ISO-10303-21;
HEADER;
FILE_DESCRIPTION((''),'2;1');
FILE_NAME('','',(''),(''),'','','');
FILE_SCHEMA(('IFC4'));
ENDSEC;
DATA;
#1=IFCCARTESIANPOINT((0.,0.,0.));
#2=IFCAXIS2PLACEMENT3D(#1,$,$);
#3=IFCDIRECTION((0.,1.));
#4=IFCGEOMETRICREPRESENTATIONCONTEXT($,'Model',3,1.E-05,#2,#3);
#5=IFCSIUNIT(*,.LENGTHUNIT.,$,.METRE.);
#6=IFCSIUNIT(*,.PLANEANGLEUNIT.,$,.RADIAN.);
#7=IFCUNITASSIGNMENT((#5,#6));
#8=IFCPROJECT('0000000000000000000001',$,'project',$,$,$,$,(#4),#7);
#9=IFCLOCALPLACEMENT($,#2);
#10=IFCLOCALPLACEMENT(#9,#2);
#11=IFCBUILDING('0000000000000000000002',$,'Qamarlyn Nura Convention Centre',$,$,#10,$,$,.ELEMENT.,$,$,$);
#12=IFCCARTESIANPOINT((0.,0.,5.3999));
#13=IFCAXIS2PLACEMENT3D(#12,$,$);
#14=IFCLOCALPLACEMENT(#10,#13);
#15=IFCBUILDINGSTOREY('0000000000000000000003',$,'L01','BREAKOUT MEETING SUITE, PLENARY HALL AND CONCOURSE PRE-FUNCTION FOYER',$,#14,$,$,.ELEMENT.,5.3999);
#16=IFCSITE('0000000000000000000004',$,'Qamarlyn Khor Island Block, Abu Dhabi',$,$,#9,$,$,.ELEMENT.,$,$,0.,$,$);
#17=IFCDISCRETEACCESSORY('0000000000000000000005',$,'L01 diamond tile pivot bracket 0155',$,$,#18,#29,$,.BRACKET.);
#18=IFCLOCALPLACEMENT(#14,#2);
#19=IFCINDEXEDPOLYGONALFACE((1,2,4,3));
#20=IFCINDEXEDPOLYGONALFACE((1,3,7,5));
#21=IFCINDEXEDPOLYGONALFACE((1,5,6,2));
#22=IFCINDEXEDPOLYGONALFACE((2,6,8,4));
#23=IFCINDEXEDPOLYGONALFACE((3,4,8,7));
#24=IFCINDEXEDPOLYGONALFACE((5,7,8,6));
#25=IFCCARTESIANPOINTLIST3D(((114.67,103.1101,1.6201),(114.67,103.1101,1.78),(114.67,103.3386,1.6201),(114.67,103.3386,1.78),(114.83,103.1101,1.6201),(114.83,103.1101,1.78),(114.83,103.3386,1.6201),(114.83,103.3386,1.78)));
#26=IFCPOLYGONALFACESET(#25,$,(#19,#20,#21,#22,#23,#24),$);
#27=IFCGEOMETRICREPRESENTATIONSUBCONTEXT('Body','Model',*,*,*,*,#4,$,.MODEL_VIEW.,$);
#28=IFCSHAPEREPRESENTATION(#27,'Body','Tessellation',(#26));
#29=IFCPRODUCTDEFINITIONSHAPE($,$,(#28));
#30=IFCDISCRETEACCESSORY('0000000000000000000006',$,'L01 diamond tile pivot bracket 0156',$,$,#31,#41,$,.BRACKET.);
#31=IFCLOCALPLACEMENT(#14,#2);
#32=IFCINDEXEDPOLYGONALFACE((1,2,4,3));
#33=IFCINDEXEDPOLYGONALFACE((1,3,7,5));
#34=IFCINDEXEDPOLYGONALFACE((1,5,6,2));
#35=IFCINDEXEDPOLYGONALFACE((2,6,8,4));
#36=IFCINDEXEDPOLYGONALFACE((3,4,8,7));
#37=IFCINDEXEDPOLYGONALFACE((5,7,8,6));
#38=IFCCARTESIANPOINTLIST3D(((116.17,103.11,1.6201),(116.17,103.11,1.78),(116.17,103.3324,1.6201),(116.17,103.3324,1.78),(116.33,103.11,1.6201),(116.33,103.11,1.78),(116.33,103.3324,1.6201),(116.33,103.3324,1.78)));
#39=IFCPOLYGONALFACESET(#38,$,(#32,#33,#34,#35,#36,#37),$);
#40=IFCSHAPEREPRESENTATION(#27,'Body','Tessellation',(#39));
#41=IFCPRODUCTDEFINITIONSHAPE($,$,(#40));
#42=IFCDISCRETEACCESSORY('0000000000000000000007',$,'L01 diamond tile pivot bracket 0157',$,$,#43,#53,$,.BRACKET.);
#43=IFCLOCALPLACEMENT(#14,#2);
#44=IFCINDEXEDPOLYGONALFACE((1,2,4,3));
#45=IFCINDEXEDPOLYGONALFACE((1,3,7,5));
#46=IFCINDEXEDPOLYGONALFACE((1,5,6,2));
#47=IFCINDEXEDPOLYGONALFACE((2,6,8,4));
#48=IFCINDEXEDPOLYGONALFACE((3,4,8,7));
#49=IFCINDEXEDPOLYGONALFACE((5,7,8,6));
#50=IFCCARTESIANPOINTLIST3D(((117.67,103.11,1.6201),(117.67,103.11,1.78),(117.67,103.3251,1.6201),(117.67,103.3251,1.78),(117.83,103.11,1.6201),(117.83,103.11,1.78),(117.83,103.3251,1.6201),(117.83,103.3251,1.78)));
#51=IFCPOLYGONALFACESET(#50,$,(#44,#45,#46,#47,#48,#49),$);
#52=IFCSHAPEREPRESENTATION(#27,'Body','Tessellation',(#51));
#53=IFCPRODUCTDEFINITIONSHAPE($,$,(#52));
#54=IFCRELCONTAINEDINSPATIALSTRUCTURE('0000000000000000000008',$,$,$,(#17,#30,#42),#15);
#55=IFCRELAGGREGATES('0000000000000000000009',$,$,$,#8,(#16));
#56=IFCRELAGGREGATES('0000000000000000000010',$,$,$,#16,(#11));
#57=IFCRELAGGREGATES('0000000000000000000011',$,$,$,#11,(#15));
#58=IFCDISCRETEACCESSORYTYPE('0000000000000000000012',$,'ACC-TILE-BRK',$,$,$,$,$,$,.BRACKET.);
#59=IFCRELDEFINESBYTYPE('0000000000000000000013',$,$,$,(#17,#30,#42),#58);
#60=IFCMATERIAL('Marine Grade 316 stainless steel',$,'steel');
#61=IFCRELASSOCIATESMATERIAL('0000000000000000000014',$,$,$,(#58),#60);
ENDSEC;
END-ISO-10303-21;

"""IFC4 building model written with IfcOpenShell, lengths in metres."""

from ifc_helpers import new_model, si_unit, direction, frame, origin, origin_2d, place, context, subcontext, project, spatial, rectangle, extrude, material, type_object, element, save


model = new_model("IFC4")

# Units and contexts
model_context = context("Model", 3, precision=1e-05, world=origin(), true_north=direction((0.0, 1.0)))
body_context = subcontext(model_context, "Body", "Model", "MODEL_VIEW")
ifc_project = project(units=[si_unit("LENGTHUNIT", "METRE"), si_unit("PLANEANGLEUNIT", "RADIAN")], contexts=[model_context])

# Site, building, storey
site_placement = place(None, origin())
site = spatial("IfcSite", under=ifc_project, at=site_placement, Name="Qamarlyn Khor Island Block, Abu Dhabi", CompositionType="ELEMENT", RefElevation=0.0)
building_placement = place(site_placement, origin())
building = spatial("IfcBuilding", under=site, at=building_placement, Name="Qamarlyn Nura Convention Centre", CompositionType="ELEMENT")
storey_placement = place(building_placement, frame((0.0, 0.0, 5.3999)))
storey = spatial("IfcBuildingStorey", under=building, at=storey_placement, Name="L01", Description="BREAKOUT MEETING SUITE, PLENARY HALL AND CONCOURSE PRE-FUNCTION FOYER", CompositionType="ELEMENT", Elevation=5.3999)

# Discrete accessories
ifc_material_1 = material(Name="Marine Grade 316 stainless steel", Category="steel")
discrete_accessory_type_1 = type_object("IfcDiscreteAccessoryType", Name="ACC-TILE-BRK", PredefinedType="BRACKET", material=ifc_material_1)
discrete_accessory_1_placement = place(storey_placement, frame((114.75, 103.2244, 1.6201), z_axis=(0.0, 0.0, 1.0), x_axis=(0.0, 1.0, 0.0)))
element("IfcDiscreteAccessory", 1, at=discrete_accessory_1_placement, inside=storey, type_object=discrete_accessory_type_1, Name="L01 diamond tile pivot bracket 0155", PredefinedType="BRACKET", context=body_context, shape_type="SweptSolid", body=[
    extrude(rectangle(XDim=0.2285, YDim=0.1599, at=origin_2d()), origin(), (0.0, 0.0, 1.0), 0.1599),
])
discrete_accessory_2_placement = place(storey_placement, frame((116.25, 103.2212, 1.6201), z_axis=(0.0, 0.0, 1.0), x_axis=(0.0, 1.0, 0.0)))
element("IfcDiscreteAccessory", 2, at=discrete_accessory_2_placement, inside=storey, type_object=discrete_accessory_type_1, Name="L01 diamond tile pivot bracket 0156", PredefinedType="BRACKET", context=body_context, shape_type="SweptSolid", body=[
    extrude(rectangle(XDim=0.2224, YDim=0.1599, at=origin_2d()), origin(), (0.0, 0.0, 1.0), 0.1599),
])
discrete_accessory_3_placement = place(storey_placement, frame((117.75, 103.2175, 1.6201), z_axis=(0.0, 0.0, 1.0), x_axis=(0.0, 1.0, 0.0)))
element("IfcDiscreteAccessory", 3, at=discrete_accessory_3_placement, inside=storey, type_object=discrete_accessory_type_1, Name="L01 diamond tile pivot bracket 0157", PredefinedType="BRACKET", context=body_context, shape_type="SweptSolid", body=[
    extrude(rectangle(XDim=0.2151, YDim=0.1599, at=origin_2d()), origin(), (0.0, 0.0, 1.0), 0.1599),
])

save(model, "model.ifc")
